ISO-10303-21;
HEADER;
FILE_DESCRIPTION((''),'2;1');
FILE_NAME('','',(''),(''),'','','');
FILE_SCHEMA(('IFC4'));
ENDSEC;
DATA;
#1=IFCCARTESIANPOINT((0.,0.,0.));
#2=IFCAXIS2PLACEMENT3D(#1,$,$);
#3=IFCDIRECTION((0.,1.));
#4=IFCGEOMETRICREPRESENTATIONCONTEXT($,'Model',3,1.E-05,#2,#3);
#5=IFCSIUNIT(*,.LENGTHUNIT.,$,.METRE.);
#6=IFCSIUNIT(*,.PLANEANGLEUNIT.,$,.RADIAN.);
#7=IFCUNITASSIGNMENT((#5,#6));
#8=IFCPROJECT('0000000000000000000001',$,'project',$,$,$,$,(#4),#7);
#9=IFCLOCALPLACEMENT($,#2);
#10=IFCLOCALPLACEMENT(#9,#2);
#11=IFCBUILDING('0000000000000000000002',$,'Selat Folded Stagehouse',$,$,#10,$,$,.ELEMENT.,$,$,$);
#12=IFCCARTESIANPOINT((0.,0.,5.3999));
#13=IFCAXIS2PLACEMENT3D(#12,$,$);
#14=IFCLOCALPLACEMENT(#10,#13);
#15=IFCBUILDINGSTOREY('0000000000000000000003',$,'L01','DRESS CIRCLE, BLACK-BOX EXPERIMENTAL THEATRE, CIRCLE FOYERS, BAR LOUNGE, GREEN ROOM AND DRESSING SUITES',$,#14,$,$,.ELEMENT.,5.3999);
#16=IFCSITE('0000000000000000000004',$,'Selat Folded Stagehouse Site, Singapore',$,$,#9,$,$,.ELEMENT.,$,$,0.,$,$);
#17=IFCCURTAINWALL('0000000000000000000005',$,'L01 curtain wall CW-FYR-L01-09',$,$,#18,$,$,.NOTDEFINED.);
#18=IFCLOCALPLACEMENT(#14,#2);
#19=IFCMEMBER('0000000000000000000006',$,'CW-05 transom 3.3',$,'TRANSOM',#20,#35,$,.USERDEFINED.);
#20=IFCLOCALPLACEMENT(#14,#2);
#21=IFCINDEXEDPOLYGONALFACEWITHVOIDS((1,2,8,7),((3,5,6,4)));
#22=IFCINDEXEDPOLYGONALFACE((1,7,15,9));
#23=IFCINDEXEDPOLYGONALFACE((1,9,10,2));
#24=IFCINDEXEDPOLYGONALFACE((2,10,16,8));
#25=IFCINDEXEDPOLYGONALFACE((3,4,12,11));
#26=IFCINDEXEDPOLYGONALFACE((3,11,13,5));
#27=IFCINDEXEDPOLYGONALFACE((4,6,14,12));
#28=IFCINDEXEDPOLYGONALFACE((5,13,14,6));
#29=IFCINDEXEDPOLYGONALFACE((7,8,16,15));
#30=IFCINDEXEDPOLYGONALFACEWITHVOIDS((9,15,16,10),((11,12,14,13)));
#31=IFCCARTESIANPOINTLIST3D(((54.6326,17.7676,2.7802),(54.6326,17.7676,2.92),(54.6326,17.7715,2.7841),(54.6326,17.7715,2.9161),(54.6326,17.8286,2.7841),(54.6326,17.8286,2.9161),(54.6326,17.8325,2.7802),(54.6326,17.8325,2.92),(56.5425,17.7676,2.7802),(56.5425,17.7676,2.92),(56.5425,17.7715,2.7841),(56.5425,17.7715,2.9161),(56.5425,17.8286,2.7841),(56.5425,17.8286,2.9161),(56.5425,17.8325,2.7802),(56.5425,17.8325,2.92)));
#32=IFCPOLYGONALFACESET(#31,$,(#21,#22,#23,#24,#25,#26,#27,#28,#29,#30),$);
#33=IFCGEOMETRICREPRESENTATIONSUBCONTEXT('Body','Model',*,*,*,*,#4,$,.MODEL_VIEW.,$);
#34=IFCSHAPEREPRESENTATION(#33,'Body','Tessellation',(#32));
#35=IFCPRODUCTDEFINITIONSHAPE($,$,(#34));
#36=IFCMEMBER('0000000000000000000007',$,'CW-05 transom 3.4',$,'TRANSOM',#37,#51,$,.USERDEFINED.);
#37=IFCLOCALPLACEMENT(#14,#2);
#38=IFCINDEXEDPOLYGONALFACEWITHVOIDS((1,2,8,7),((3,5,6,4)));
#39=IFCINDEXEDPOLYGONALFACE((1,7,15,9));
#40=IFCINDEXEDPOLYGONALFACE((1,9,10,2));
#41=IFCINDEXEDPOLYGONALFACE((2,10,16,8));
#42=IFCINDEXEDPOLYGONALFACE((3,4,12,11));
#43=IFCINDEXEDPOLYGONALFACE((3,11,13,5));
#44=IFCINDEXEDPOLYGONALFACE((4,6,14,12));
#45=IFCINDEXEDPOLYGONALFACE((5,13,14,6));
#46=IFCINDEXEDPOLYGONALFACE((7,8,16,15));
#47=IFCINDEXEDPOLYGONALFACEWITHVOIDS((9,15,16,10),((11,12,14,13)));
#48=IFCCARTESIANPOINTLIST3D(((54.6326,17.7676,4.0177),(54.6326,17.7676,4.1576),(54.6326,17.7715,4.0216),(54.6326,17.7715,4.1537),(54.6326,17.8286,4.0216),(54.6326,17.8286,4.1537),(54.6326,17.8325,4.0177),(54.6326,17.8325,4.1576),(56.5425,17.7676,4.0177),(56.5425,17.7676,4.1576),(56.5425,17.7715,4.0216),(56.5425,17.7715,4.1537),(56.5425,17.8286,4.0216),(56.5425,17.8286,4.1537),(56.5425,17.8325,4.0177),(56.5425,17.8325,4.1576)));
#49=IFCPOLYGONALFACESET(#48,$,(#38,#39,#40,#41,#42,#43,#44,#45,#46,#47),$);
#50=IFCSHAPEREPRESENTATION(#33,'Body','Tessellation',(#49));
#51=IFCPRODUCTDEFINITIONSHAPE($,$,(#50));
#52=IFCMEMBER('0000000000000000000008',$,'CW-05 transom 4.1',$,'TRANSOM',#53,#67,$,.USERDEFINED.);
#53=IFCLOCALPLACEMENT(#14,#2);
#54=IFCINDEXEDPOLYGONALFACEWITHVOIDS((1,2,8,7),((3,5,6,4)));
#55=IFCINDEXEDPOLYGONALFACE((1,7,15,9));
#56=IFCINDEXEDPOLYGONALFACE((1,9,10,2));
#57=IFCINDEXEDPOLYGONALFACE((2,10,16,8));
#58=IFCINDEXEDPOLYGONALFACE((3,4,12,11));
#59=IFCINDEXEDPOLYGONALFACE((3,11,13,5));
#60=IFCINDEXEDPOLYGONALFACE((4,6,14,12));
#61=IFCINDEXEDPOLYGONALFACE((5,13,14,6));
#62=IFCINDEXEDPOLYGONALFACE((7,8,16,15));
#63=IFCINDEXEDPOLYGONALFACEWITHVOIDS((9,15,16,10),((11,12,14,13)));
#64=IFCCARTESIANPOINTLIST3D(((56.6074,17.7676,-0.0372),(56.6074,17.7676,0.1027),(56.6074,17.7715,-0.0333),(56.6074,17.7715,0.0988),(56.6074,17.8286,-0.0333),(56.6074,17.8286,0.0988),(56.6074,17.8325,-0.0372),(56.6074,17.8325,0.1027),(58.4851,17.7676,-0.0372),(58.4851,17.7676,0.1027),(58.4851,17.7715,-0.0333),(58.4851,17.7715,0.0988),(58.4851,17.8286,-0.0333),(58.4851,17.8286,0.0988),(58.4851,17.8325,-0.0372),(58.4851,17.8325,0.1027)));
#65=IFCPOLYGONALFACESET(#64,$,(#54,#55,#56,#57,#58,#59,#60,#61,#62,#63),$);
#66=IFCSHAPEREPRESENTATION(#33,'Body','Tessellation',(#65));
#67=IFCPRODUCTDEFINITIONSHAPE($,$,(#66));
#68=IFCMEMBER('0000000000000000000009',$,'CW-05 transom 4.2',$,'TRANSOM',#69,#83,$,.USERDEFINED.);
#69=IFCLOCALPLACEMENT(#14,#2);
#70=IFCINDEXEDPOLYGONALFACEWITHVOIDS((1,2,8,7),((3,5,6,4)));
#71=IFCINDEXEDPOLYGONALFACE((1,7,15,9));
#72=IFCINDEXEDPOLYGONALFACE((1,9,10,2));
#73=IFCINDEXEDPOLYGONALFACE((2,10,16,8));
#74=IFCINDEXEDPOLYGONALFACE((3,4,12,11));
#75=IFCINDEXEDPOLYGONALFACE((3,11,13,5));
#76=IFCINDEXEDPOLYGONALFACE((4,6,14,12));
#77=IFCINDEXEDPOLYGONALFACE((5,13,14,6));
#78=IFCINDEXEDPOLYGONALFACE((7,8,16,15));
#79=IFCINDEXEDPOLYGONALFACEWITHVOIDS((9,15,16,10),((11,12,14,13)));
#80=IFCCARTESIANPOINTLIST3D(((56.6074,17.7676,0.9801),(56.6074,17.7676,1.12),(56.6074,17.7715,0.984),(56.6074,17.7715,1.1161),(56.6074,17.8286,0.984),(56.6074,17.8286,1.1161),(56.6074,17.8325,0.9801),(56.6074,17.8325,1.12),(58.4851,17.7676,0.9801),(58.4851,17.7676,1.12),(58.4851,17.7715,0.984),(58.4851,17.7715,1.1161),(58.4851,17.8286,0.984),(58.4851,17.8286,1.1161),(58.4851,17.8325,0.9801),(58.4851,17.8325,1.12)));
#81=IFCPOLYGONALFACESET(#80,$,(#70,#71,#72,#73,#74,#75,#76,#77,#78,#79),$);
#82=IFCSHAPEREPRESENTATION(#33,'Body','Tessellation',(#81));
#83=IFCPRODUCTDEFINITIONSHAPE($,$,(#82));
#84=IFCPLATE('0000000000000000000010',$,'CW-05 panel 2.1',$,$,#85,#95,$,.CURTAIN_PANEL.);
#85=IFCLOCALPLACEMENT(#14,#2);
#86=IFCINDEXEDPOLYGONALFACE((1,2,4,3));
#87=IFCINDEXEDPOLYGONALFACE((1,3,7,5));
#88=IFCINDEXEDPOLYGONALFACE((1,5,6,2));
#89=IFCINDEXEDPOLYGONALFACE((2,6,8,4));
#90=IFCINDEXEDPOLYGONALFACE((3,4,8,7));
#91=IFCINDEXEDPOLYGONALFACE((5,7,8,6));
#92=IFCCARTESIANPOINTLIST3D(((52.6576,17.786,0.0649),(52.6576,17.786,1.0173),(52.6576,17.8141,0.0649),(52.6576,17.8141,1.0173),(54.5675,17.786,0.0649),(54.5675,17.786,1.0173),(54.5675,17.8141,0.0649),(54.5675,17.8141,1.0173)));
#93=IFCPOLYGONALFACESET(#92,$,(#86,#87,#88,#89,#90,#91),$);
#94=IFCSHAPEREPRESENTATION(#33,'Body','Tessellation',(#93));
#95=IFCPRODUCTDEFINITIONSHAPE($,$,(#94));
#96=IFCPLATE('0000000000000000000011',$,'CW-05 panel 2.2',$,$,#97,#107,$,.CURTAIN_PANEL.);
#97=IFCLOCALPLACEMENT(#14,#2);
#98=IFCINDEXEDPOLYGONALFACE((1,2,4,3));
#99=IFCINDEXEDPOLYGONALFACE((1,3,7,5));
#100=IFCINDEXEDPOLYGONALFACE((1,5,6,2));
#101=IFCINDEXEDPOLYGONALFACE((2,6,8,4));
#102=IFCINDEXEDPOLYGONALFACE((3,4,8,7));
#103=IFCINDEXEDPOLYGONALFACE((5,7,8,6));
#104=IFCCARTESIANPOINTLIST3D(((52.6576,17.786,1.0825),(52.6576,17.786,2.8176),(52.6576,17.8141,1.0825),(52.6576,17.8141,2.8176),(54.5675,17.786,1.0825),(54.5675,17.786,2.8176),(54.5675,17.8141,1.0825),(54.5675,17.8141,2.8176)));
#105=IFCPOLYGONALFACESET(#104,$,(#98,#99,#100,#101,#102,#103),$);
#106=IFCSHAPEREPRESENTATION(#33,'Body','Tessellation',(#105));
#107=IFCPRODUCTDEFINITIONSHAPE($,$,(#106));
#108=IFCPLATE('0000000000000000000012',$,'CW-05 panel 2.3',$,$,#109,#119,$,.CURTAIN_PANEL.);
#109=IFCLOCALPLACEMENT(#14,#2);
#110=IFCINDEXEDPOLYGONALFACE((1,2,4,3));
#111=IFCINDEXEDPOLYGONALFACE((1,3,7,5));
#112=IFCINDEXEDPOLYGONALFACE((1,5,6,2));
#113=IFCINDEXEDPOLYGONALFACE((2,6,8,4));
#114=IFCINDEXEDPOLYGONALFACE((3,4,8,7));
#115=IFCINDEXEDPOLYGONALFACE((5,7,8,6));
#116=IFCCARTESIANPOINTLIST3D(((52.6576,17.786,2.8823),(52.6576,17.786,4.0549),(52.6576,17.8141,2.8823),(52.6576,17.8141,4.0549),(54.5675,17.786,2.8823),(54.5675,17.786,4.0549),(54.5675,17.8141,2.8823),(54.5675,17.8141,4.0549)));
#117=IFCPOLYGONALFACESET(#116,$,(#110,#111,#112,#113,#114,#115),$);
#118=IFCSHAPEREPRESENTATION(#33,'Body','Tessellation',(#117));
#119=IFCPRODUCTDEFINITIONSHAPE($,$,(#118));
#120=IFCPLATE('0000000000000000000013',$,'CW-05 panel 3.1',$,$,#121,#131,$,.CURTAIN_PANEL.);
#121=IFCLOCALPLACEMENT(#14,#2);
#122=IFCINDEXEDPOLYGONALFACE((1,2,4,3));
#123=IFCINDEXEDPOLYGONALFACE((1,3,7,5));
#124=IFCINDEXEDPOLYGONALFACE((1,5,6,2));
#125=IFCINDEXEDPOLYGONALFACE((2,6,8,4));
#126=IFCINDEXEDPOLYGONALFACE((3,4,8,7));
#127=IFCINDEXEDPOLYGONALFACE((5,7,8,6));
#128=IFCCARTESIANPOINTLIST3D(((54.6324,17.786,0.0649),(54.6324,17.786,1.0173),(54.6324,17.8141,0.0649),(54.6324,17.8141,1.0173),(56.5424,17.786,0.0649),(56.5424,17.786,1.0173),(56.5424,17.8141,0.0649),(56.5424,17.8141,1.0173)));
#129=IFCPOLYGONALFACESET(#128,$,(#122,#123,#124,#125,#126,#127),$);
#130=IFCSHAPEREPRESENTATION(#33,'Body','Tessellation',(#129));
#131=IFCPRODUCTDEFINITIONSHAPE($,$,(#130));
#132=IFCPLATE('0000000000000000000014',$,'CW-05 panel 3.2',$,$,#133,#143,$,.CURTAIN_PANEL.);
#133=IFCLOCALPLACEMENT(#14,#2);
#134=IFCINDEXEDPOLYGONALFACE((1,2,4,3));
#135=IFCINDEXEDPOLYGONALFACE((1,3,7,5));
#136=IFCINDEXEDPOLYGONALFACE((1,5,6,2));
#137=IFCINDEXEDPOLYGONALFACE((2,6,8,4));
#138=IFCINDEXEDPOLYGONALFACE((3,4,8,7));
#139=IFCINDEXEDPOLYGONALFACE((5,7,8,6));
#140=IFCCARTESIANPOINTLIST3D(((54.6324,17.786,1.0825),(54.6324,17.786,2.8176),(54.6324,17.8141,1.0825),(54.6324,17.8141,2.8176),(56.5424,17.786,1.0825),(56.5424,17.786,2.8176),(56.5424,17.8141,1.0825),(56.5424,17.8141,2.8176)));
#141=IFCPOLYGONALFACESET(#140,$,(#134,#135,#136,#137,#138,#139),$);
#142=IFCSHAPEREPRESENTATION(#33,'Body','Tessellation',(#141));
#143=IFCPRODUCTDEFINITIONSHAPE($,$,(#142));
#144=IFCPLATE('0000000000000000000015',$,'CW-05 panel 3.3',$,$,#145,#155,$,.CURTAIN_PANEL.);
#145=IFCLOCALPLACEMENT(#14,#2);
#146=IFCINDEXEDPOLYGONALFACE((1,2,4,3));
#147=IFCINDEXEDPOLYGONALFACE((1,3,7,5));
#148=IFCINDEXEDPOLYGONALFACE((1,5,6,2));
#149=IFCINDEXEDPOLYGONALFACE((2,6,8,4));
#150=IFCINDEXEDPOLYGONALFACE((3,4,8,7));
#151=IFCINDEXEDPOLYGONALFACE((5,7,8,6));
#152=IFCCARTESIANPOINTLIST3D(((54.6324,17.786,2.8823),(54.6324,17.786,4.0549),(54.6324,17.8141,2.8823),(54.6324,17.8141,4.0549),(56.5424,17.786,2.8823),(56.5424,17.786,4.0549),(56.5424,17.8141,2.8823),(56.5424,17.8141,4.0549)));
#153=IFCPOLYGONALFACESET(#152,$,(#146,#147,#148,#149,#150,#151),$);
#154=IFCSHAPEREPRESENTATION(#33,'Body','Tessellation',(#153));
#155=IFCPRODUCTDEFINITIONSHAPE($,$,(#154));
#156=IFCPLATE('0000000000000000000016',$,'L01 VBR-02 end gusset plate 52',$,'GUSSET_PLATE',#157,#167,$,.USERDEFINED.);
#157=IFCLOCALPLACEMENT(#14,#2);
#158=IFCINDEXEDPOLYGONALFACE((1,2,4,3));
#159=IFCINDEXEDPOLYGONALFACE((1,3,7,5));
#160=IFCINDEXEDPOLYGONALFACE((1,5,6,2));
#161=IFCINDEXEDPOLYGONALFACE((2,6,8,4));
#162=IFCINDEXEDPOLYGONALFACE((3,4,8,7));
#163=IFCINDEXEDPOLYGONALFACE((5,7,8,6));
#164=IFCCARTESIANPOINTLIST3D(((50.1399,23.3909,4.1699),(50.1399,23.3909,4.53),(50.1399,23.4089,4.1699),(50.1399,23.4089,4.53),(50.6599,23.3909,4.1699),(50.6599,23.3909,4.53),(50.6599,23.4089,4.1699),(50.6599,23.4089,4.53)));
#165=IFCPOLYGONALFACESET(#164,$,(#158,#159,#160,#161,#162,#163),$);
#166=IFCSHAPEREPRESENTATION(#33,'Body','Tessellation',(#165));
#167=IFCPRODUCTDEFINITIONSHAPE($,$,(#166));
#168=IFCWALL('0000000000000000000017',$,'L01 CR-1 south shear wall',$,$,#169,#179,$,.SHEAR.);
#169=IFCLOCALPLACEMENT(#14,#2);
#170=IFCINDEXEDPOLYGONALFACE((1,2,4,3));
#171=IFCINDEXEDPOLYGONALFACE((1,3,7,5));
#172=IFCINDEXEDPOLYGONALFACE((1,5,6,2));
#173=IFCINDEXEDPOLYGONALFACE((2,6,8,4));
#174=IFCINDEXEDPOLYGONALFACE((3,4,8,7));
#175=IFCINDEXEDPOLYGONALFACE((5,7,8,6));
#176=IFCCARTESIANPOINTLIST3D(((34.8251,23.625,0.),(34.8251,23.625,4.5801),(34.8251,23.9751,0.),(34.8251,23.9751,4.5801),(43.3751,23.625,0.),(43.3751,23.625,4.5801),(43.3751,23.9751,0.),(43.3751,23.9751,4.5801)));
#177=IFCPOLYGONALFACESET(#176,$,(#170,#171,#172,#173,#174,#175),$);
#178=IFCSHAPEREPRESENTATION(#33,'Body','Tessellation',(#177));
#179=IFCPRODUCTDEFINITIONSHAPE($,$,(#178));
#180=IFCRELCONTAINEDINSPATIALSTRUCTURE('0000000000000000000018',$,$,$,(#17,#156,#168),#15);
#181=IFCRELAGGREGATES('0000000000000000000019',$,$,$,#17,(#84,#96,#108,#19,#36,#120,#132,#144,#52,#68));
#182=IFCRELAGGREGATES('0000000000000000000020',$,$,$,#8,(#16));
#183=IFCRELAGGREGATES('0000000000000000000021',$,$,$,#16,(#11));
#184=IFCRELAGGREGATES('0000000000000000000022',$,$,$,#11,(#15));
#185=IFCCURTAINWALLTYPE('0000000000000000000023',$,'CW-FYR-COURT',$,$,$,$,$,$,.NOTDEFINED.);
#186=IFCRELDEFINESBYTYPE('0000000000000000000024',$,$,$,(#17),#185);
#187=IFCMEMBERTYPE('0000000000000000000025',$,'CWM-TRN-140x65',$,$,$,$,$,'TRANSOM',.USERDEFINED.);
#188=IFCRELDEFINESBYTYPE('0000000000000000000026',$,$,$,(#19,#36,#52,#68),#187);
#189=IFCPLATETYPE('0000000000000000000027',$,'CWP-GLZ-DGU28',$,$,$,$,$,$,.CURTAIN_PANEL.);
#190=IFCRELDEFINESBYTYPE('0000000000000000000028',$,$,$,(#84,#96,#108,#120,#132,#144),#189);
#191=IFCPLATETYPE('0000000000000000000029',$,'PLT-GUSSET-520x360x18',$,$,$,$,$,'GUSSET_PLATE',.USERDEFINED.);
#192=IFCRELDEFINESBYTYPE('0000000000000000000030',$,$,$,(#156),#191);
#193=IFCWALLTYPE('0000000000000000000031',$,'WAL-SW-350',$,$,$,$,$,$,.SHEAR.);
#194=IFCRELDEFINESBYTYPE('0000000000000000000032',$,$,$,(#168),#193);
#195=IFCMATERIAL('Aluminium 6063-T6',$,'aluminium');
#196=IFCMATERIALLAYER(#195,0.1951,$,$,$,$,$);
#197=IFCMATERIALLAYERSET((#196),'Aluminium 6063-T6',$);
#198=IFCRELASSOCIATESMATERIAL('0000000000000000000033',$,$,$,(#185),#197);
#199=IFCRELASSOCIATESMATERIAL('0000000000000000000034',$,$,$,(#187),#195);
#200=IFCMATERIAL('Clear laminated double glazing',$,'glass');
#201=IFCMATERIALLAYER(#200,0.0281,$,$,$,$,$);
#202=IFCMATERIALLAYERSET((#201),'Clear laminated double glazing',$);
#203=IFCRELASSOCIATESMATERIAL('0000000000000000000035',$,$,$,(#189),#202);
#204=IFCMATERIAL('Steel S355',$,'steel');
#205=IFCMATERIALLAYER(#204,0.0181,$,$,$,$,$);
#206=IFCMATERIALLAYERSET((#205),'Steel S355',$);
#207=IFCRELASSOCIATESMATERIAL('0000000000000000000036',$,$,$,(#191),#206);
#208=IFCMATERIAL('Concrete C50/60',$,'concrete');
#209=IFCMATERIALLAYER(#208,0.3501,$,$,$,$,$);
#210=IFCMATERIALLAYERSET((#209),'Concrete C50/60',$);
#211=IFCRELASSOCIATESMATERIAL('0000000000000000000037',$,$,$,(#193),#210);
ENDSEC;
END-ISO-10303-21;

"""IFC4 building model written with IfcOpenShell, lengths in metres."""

from ifc_helpers import new_model, si_unit, direction, frame, frame_2d, origin, origin_2d, place, context, subcontext, project, spatial, rectangle, hollow_rectangle, extrude, material, layer, layer_set, material_profile, profile_set, type_object, element, aggregate, save


model = new_model("IFC4")

# Units and contexts
model_context = context("Model", 3, precision=1e-05, world=origin(), true_north=direction((0.0, 1.0)))
body_context = subcontext(model_context, "Body", "Model", "MODEL_VIEW")
ifc_project = project(units=[si_unit("LENGTHUNIT", "METRE"), si_unit("PLANEANGLEUNIT", "RADIAN")], contexts=[model_context])

# Site, building, storey
site_placement = place(None, origin())
site = spatial("IfcSite", under=ifc_project, at=site_placement, Name="Selat Folded Stagehouse Site, Singapore", CompositionType="ELEMENT", RefElevation=0.0)
building_placement = place(site_placement, origin())
building = spatial("IfcBuilding", under=site, at=building_placement, Name="Selat Folded Stagehouse", CompositionType="ELEMENT")
storey_placement = place(building_placement, frame((0.0, 0.0, 5.3999)))
storey = spatial("IfcBuildingStorey", under=building, at=storey_placement, Name="L01", Description="DRESS CIRCLE, BLACK-BOX EXPERIMENTAL THEATRE, CIRCLE FOYERS, BAR LOUNGE, GREEN ROOM AND DRESSING SUITES", CompositionType="ELEMENT", Elevation=5.3999)

# Shared definitions
ifc_material_1 = material(Name="Steel S355", Category="steel")

# Curtain wall, members, plates
ifc_material_2 = material(Name="Aluminium 6063-T6", Category="aluminium")
ifc_layer_1 = layer(ifc_material_2, 0.1951)
ifc_layer_set_1 = layer_set([ifc_layer_1], Name="Aluminium 6063-T6")
curtain_wall_type = type_object("IfcCurtainWallType", Name="CW-FYR-COURT", PredefinedType="NOTDEFINED", material=ifc_layer_set_1)
curtain_wall_placement = place(storey_placement, origin())
curtain_wall = element("IfcCurtainWall", 1, at=curtain_wall_placement, inside=storey, type_object=curtain_wall_type, Name="L01 curtain wall CW-FYR-L01-09", PredefinedType="NOTDEFINED")
ifc_material_profile_1 = material_profile(ifc_material_2, hollow_rectangle(XDim=0.0649, YDim=0.1399, WallThickness=0.0039, at=origin_2d()), Name="ALU 140x65x4.0")
ifc_profile_set_1 = profile_set([ifc_material_profile_1], Name="Aluminium 6063-T6")
member_type_1 = type_object("IfcMemberType", Name="CWM-TRN-140x65", ElementType="TRANSOM", PredefinedType="USERDEFINED", material=ifc_profile_set_1)
member_1_placement = place(storey_placement, frame((54.6326, 17.8, 2.8501), z_axis=(1.0, 0.0, 0.0), x_axis=(0.0, 1.0, 0.0)))
member_1 = element("IfcMember", 2, at=member_1_placement, type_object=member_type_1, Name="CW-05 transom 3.3", ObjectType="TRANSOM", PredefinedType="USERDEFINED", context=body_context, shape_type="SweptSolid", body=[
    extrude(hollow_rectangle(XDim=0.0649, YDim=0.1399, WallThickness=0.0039, at=origin_2d()), origin(), (0.0, 0.0, 1.0), 1.9099),
])
member_2_placement = place(storey_placement, frame((54.6326, 17.8, 4.0876), z_axis=(1.0, 0.0, 0.0), x_axis=(0.0, 1.0, 0.0)))
member_2 = element("IfcMember", 3, at=member_2_placement, type_object=member_type_1, Name="CW-05 transom 3.4", ObjectType="TRANSOM", PredefinedType="USERDEFINED", context=body_context, shape_type="SweptSolid", body=[
    extrude(hollow_rectangle(XDim=0.0649, YDim=0.1399, WallThickness=0.0039, at=origin_2d()), origin(), (0.0, 0.0, 1.0), 1.9099),
])
member_3_placement = place(storey_placement, frame((56.6074, 17.8, 0.0327), z_axis=(1.0, 0.0, 0.0), x_axis=(0.0, 1.0, 0.0)))
member_3 = element("IfcMember", 4, at=member_3_placement, type_object=member_type_1, Name="CW-05 transom 4.1", ObjectType="TRANSOM", PredefinedType="USERDEFINED", context=body_context, shape_type="SweptSolid", body=[
    extrude(hollow_rectangle(XDim=0.0649, YDim=0.1399, WallThickness=0.0039, at=origin_2d()), origin(), (0.0, 0.0, 1.0), 1.8777),
])
member_4_placement = place(storey_placement, frame((56.6074, 17.8, 1.05), z_axis=(1.0, 0.0, 0.0), x_axis=(0.0, 1.0, 0.0)))
member_4 = element("IfcMember", 5, at=member_4_placement, type_object=member_type_1, Name="CW-05 transom 4.2", ObjectType="TRANSOM", PredefinedType="USERDEFINED", context=body_context, shape_type="SweptSolid", body=[
    extrude(hollow_rectangle(XDim=0.0649, YDim=0.1399, WallThickness=0.0039, at=origin_2d()), origin(), (0.0, 0.0, 1.0), 1.8777),
])
ifc_material_3 = material(Name="Clear laminated double glazing", Category="glass")
ifc_layer_2 = layer(ifc_material_3, 0.0281)
ifc_layer_set_2 = layer_set([ifc_layer_2], Name="Clear laminated double glazing")
plate_type_1 = type_object("IfcPlateType", Name="CWP-GLZ-DGU28", PredefinedType="CURTAIN_PANEL", material=ifc_layer_set_2)
plate_1_placement = place(storey_placement, frame((53.6125, 17.8, 0.0649), z_axis=(0.0, 0.0, 1.0), x_axis=(1.0, 0.0, 0.0)))
plate_1 = element("IfcPlate", 6, at=plate_1_placement, type_object=plate_type_1, Name="CW-05 panel 2.1", PredefinedType="CURTAIN_PANEL", context=body_context, shape_type="SweptSolid", body=[
    extrude(rectangle(XDim=1.9099, YDim=0.0281, at=origin_2d()), origin(), (0.0, 0.0, 1.0), 0.9524),
])
plate_2_placement = place(storey_placement, frame((53.6125, 17.8, 1.0825), z_axis=(0.0, 0.0, 1.0), x_axis=(1.0, 0.0, 0.0)))
plate_2 = element("IfcPlate", 7, at=plate_2_placement, type_object=plate_type_1, Name="CW-05 panel 2.2", PredefinedType="CURTAIN_PANEL", context=body_context, shape_type="SweptSolid", body=[
    extrude(rectangle(XDim=1.9099, YDim=0.0281, at=origin_2d()), origin(), (0.0, 0.0, 1.0), 1.7351),
])
plate_3_placement = place(storey_placement, frame((53.6125, 17.8, 2.8823), z_axis=(0.0, 0.0, 1.0), x_axis=(1.0, 0.0, 0.0)))
plate_3 = element("IfcPlate", 8, at=plate_3_placement, type_object=plate_type_1, Name="CW-05 panel 2.3", PredefinedType="CURTAIN_PANEL", context=body_context, shape_type="SweptSolid", body=[
    extrude(rectangle(XDim=1.9099, YDim=0.0281, at=origin_2d()), origin(), (0.0, 0.0, 1.0), 1.1726),
])
plate_4_placement = place(storey_placement, frame((55.5874, 17.8, 0.0649), z_axis=(0.0, 0.0, 1.0), x_axis=(1.0, 0.0, 0.0)))
plate_4 = element("IfcPlate", 9, at=plate_4_placement, type_object=plate_type_1, Name="CW-05 panel 3.1", PredefinedType="CURTAIN_PANEL", context=body_context, shape_type="SweptSolid", body=[
    extrude(rectangle(XDim=1.9099, YDim=0.0281, at=origin_2d()), origin(), (0.0, 0.0, 1.0), 0.9524),
])
plate_5_placement = place(storey_placement, frame((55.5874, 17.8, 1.0825), z_axis=(0.0, 0.0, 1.0), x_axis=(1.0, 0.0, 0.0)))
plate_5 = element("IfcPlate", 10, at=plate_5_placement, type_object=plate_type_1, Name="CW-05 panel 3.2", PredefinedType="CURTAIN_PANEL", context=body_context, shape_type="SweptSolid", body=[
    extrude(rectangle(XDim=1.9099, YDim=0.0281, at=origin_2d()), origin(), (0.0, 0.0, 1.0), 1.7351),
])
plate_6_placement = place(storey_placement, frame((55.5874, 17.8, 2.8823), z_axis=(0.0, 0.0, 1.0), x_axis=(1.0, 0.0, 0.0)))
plate_6 = element("IfcPlate", 11, at=plate_6_placement, type_object=plate_type_1, Name="CW-05 panel 3.3", PredefinedType="CURTAIN_PANEL", context=body_context, shape_type="SweptSolid", body=[
    extrude(rectangle(XDim=1.9099, YDim=0.0281, at=origin_2d()), origin(), (0.0, 0.0, 1.0), 1.1726),
])
aggregate(curtain_wall, [plate_1, plate_2, plate_3, member_1, member_2, plate_4, plate_5, plate_6, member_3, member_4])

# Plate
ifc_layer_3 = layer(ifc_material_1, 0.0181)
ifc_layer_set_3 = layer_set([ifc_layer_3], Name="Steel S355")
plate_type_2 = type_object("IfcPlateType", Name="PLT-GUSSET-520x360x18", ElementType="GUSSET_PLATE", PredefinedType="USERDEFINED", material=ifc_layer_set_3)
plate_7_placement = place(storey_placement, frame((50.3999, 23.3999, 4.1699), z_axis=(0.0, 0.0, 1.0), x_axis=(1.0, 0.0, 0.0)))
element("IfcPlate", 12, at=plate_7_placement, inside=storey, type_object=plate_type_2, Name="L01 VBR-02 end gusset plate 52", ObjectType="GUSSET_PLATE", PredefinedType="USERDEFINED", context=body_context, shape_type="SweptSolid", body=[
    extrude(rectangle(XDim=0.52, YDim=0.0181, at=origin_2d()), origin(), (0.0, 0.0, 1.0), 0.3601),
])

# Wall
ifc_material_4 = material(Name="Concrete C50/60", Category="concrete")
ifc_layer_4 = layer(ifc_material_4, 0.3501)
ifc_layer_set_4 = layer_set([ifc_layer_4], Name="Concrete C50/60")
wall_type = type_object("IfcWallType", Name="WAL-SW-350", PredefinedType="SHEAR", material=ifc_layer_set_4)
wall_placement = place(storey_placement, frame((43.375, 23.8, 0.0), z_axis=(0.0, 0.0, 1.0), x_axis=(-1.0, 0.0, 0.0)))
element("IfcWall", 13, at=wall_placement, inside=storey, type_object=wall_type, Name="L01 CR-1 south shear wall", PredefinedType="SHEAR", context=body_context, shape_type="SweptSolid", body=[
    extrude(rectangle(XDim=8.55, YDim=0.3501, at=frame_2d((4.2749, 0.0))), origin(), (0.0, 0.0, 1.0), 4.5801),
])

save(model, "model.ifc")
